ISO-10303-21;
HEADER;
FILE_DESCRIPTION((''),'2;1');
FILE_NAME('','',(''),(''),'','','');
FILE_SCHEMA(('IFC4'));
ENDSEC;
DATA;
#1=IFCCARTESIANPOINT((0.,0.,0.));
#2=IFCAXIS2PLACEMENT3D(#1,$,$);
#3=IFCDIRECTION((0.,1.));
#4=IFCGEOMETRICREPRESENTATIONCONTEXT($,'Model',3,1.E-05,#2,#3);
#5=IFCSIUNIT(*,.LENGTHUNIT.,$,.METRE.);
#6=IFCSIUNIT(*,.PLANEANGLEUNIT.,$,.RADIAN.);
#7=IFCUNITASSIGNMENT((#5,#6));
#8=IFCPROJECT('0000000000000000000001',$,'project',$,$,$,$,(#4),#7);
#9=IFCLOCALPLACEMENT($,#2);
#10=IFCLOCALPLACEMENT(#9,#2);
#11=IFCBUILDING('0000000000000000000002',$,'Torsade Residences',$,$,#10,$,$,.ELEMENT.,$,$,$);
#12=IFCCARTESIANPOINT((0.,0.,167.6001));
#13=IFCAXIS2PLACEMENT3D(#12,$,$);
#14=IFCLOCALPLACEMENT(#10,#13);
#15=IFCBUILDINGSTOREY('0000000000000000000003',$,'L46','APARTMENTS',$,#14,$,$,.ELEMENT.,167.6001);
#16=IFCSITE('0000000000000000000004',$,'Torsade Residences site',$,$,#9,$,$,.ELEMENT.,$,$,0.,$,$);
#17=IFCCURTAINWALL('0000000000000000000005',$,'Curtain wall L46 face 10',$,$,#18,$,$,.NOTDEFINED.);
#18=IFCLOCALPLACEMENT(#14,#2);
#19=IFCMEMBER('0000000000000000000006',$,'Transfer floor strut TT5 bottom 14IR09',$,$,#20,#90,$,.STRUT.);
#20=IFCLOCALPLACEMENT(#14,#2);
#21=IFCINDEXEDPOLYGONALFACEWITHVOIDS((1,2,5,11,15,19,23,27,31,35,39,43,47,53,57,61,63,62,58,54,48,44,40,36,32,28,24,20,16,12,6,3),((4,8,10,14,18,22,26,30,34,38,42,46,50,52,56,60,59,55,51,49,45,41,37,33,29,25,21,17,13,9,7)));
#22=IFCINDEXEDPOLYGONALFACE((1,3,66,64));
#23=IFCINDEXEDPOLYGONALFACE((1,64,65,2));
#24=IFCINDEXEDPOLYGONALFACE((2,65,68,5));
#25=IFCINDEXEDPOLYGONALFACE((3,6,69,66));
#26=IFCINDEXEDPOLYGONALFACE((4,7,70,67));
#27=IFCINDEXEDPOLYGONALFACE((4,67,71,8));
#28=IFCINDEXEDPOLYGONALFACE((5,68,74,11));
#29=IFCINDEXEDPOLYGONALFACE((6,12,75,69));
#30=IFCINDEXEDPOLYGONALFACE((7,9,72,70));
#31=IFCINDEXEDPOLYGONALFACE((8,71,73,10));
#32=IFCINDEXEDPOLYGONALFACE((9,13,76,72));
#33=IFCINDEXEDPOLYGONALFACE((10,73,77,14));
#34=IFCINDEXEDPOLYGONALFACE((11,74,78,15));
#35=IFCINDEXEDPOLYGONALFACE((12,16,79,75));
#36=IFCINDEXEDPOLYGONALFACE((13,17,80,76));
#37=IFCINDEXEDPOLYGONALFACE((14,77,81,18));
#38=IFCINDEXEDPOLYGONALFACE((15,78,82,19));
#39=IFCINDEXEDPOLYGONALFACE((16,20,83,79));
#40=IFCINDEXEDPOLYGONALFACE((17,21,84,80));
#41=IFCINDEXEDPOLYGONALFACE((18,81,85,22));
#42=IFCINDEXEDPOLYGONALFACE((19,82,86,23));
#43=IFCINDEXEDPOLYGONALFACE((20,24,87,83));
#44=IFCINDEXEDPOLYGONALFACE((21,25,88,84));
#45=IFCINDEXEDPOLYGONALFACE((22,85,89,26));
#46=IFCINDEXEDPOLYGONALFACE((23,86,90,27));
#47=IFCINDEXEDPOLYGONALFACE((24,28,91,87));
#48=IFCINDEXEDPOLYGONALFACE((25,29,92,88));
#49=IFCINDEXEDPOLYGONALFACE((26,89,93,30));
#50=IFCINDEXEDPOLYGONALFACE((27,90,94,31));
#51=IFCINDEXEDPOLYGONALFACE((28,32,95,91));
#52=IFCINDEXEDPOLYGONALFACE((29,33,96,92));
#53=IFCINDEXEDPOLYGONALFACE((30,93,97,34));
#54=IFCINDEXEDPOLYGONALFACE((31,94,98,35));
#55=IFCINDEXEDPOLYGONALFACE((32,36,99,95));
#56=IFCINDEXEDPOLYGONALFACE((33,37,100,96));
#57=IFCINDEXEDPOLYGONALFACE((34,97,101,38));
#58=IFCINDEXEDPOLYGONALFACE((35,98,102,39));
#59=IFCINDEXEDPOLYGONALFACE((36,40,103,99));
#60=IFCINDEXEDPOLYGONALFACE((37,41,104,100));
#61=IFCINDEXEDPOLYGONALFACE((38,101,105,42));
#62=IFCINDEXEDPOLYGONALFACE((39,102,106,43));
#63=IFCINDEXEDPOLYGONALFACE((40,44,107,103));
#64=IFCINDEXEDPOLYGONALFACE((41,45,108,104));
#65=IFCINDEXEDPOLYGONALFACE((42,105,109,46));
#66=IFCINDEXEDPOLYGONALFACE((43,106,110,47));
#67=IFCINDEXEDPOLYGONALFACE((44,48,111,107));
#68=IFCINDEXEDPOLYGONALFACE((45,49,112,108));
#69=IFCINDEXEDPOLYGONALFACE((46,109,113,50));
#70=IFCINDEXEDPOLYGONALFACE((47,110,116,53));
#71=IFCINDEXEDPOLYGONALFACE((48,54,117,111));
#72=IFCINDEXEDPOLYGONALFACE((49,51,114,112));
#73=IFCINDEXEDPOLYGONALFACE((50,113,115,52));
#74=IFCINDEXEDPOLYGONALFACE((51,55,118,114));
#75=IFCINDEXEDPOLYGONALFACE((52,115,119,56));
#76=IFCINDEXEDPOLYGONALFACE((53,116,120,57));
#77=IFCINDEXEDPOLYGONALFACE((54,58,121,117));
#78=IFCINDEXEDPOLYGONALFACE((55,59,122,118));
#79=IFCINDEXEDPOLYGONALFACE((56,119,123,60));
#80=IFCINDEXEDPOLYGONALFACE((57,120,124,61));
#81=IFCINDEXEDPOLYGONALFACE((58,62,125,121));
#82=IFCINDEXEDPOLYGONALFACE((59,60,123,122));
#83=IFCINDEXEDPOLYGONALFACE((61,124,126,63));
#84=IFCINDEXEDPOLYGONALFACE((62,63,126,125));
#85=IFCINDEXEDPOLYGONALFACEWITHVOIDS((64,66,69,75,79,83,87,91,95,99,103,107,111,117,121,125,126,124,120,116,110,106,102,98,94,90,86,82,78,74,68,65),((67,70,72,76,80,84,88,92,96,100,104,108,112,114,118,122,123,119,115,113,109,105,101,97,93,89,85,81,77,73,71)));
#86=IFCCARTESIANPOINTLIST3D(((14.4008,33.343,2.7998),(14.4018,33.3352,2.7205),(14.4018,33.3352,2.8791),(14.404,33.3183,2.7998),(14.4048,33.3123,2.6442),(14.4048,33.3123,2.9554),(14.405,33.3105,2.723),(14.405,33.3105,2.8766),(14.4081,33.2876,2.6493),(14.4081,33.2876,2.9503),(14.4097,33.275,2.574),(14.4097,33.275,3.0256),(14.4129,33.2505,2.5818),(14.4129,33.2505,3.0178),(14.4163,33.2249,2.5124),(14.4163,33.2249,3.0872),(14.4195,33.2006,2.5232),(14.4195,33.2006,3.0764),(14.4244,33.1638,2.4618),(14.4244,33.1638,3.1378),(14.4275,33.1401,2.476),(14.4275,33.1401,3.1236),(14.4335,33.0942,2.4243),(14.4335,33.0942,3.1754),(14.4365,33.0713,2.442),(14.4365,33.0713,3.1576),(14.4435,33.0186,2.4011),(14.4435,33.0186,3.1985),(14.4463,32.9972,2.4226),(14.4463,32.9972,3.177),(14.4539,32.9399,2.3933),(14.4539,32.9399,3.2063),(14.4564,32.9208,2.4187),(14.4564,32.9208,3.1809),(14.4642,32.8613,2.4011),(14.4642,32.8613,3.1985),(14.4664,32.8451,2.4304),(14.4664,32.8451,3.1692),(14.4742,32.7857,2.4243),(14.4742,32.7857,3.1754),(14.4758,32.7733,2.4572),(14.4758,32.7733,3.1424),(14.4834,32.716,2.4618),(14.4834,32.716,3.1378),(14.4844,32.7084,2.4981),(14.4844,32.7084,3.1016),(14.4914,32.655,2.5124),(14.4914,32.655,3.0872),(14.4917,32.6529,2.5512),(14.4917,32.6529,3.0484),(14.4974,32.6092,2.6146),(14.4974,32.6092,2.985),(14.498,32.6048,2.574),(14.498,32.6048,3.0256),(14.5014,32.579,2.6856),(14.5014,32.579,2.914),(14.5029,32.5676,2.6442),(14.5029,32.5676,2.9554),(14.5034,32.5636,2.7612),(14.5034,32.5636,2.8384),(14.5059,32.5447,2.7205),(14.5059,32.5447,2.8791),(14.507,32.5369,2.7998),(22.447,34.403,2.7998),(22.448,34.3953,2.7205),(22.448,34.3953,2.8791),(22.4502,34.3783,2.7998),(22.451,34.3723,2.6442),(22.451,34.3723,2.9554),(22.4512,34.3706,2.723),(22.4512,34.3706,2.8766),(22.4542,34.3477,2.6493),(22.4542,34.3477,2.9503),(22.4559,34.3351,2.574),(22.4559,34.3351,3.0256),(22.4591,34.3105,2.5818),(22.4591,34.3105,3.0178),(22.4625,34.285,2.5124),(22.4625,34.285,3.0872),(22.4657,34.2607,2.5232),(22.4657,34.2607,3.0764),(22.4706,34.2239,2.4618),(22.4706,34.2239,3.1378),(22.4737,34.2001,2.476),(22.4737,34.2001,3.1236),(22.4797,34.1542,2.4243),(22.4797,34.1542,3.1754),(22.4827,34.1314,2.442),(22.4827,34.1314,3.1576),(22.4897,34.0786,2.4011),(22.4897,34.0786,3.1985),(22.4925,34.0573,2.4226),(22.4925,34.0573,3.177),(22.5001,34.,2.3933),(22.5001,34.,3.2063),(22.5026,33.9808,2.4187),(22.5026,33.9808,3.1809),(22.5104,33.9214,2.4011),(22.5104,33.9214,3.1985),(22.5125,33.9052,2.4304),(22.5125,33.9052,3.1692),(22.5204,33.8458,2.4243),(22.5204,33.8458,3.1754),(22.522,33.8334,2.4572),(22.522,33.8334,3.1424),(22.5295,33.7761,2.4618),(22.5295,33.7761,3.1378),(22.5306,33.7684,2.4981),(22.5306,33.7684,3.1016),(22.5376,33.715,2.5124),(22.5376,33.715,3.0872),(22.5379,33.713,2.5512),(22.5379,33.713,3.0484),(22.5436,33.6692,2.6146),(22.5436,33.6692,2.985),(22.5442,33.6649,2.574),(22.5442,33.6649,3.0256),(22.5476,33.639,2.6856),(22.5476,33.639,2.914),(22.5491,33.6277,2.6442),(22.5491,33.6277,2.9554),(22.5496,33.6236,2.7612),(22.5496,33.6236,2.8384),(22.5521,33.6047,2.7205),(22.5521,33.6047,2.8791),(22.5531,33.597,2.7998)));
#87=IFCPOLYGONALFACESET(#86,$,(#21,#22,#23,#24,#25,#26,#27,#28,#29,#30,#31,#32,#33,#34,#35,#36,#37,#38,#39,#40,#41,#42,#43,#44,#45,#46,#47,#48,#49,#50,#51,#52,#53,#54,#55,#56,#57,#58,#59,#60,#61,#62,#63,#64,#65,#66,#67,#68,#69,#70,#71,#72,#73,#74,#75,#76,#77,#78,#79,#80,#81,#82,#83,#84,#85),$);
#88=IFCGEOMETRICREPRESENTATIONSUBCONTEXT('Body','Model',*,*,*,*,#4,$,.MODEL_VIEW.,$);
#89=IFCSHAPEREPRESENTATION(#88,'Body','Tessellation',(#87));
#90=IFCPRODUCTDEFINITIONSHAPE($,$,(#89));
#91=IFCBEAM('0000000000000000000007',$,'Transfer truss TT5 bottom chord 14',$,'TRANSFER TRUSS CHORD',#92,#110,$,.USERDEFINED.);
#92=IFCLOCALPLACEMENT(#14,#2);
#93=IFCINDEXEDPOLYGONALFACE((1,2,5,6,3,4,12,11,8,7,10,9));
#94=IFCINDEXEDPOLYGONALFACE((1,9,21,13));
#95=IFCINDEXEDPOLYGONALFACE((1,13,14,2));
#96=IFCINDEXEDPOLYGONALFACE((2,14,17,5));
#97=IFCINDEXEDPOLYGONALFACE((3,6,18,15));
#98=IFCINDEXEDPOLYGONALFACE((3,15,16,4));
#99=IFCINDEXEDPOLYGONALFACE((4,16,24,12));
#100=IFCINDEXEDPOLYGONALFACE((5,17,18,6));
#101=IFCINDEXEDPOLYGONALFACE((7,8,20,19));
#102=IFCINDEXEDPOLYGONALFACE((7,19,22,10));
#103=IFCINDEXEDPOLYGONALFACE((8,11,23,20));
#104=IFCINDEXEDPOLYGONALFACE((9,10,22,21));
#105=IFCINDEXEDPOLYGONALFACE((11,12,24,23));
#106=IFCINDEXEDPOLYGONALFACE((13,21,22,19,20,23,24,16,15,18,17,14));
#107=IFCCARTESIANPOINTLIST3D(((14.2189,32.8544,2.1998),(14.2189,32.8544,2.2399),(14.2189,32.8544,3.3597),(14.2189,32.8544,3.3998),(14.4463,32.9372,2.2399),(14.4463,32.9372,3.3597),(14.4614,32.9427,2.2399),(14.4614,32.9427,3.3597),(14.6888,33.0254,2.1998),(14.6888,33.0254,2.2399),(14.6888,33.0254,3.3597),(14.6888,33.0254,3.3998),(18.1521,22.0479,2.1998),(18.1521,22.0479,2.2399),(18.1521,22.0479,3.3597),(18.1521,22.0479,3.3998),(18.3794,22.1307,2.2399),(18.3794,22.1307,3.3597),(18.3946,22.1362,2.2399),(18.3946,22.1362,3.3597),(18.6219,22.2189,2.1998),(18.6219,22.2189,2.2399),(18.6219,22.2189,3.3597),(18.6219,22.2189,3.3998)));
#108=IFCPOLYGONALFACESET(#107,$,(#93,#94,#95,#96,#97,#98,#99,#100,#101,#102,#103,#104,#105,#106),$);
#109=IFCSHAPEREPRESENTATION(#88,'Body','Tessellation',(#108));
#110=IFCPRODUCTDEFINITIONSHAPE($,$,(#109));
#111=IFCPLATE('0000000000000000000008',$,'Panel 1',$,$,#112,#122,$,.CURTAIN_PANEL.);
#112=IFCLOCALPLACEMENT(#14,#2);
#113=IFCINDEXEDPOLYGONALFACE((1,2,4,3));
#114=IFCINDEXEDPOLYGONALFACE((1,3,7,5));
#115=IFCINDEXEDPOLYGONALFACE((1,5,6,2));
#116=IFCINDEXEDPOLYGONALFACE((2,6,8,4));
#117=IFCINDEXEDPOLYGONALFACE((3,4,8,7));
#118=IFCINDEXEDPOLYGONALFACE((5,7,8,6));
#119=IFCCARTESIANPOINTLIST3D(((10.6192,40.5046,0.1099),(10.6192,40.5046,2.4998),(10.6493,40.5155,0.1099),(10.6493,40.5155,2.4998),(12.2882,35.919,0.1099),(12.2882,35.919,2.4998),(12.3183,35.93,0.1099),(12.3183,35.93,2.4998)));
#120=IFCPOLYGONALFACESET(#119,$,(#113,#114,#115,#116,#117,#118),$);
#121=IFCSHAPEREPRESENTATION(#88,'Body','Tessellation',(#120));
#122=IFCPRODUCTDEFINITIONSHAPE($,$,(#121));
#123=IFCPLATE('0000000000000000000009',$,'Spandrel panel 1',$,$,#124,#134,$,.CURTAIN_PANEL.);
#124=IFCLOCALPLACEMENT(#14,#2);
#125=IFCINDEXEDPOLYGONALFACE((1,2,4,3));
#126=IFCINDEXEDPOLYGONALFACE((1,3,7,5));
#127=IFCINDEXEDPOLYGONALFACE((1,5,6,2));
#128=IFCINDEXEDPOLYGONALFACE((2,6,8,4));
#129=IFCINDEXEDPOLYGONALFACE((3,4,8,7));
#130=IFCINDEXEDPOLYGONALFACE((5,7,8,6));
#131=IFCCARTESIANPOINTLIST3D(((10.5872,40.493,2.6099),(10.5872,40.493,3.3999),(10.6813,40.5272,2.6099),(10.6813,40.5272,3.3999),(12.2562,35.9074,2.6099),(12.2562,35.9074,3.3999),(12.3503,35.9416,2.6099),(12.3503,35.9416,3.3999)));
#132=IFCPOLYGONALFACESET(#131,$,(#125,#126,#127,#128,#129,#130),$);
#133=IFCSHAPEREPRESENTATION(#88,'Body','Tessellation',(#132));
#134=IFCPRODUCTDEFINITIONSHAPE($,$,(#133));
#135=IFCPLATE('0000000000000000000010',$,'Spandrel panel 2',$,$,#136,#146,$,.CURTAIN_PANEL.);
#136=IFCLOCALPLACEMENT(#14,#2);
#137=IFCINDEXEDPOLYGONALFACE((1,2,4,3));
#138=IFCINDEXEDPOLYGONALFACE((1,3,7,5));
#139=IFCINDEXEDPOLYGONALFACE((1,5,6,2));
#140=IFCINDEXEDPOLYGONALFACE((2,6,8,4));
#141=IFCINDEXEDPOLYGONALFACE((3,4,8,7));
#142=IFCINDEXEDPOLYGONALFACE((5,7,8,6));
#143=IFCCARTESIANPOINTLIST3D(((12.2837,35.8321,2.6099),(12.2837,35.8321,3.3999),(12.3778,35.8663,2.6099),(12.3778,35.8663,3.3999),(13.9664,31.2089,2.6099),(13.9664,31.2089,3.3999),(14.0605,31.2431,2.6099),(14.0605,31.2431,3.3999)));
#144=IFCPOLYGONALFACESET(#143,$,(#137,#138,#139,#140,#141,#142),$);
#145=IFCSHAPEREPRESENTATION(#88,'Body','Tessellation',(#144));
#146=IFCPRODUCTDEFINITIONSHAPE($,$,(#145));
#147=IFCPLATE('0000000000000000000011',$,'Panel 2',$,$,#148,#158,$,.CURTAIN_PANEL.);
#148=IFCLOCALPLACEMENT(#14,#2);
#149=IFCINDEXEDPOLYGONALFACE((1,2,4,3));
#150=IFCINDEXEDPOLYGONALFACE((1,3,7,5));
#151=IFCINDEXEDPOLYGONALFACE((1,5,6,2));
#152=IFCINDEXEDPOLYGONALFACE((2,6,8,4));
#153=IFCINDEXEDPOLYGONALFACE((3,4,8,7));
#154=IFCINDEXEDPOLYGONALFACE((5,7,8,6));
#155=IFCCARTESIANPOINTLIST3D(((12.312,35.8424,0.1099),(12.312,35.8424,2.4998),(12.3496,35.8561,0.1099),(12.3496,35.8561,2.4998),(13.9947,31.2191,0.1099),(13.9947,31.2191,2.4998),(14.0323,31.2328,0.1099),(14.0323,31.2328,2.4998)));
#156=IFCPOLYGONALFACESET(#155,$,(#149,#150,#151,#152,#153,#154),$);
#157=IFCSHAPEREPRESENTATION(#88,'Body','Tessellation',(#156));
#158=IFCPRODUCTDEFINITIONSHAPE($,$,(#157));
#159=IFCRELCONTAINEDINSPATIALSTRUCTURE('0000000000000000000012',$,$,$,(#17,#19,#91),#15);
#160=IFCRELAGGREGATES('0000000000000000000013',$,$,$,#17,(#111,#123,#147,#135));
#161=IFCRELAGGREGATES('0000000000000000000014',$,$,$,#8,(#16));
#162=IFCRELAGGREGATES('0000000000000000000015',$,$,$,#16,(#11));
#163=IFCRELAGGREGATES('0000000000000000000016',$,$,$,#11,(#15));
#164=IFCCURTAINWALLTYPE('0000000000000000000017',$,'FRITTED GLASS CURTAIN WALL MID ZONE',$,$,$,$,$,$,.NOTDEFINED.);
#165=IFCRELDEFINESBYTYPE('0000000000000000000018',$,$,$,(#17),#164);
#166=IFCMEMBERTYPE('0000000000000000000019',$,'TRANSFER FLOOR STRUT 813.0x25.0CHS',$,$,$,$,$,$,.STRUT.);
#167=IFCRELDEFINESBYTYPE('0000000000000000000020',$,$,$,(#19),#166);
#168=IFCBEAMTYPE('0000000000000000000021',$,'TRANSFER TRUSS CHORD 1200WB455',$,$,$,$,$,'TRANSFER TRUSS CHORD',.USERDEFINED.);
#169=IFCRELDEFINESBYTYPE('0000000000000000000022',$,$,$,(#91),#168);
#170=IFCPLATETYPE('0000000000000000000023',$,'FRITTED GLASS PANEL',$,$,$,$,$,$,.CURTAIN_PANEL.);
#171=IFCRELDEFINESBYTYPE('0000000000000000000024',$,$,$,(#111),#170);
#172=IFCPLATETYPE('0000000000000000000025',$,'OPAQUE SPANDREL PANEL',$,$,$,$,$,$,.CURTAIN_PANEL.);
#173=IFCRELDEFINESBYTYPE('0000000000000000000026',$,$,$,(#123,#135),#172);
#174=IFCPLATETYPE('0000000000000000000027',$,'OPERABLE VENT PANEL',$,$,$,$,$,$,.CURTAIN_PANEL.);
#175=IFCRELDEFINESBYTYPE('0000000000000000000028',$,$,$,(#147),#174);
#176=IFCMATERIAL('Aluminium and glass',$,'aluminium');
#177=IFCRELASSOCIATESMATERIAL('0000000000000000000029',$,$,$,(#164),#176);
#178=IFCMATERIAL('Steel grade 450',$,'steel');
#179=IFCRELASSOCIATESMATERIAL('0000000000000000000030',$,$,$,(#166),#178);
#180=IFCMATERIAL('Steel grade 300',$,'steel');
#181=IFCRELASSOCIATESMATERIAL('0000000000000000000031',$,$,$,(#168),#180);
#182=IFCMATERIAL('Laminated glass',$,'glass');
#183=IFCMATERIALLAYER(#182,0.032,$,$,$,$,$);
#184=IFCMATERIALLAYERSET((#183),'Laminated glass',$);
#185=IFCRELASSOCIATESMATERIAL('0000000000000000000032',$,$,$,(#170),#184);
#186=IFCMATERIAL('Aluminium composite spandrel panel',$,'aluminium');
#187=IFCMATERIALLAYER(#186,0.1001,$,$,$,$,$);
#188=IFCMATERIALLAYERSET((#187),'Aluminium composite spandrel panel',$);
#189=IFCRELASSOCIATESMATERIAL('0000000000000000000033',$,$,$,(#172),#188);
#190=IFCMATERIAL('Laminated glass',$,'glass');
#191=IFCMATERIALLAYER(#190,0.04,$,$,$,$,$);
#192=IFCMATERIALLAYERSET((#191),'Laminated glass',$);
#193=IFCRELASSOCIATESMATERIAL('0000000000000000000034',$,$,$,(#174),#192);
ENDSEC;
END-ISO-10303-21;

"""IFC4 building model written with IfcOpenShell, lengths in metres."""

from ifc_helpers import new_model, si_unit, direction, frame, origin, origin_2d, place, context, subcontext, project, spatial, rectangle, hollow_circle, i_section, extrude, material, layer, layer_set, material_profile, profile_set, type_object, element, aggregate, save


model = new_model("IFC4")

# Units and contexts
model_context = context("Model", 3, precision=1e-05, world=origin(), true_north=direction((0.0, 1.0)))
body_context = subcontext(model_context, "Body", "Model", "MODEL_VIEW")
ifc_project = project(units=[si_unit("LENGTHUNIT", "METRE"), si_unit("PLANEANGLEUNIT", "RADIAN")], contexts=[model_context])

# Site, building, storey
site_placement = place(None, origin())
site = spatial("IfcSite", under=ifc_project, at=site_placement, Name="Torsade Residences site", CompositionType="ELEMENT", RefElevation=0.0)
building_placement = place(site_placement, origin())
building = spatial("IfcBuilding", under=site, at=building_placement, Name="Torsade Residences", CompositionType="ELEMENT")
storey_placement = place(building_placement, frame((0.0, 0.0, 167.6001)))
storey = spatial("IfcBuildingStorey", under=building, at=storey_placement, Name="L46", Description="APARTMENTS", CompositionType="ELEMENT", Elevation=167.6001)

# Curtain wall
ifc_material_1 = material(Name="Aluminium and glass", Category="aluminium")
curtain_wall_type = type_object("IfcCurtainWallType", Name="FRITTED GLASS CURTAIN WALL MID ZONE", PredefinedType="NOTDEFINED", material=ifc_material_1)
curtain_wall_placement = place(storey_placement, origin())
curtain_wall = element("IfcCurtainWall", 1, at=curtain_wall_placement, inside=storey, type_object=curtain_wall_type, Name="Curtain wall L46 face 10", PredefinedType="NOTDEFINED")

# Member
ifc_material_2 = material(Name="Steel grade 450", Category="steel")
ifc_material_profile_1 = material_profile(ifc_material_2, hollow_circle(Radius=0.4065, WallThickness=0.0249, at=origin_2d()), Name="813.0x25.0CHS")
ifc_profile_set_1 = profile_set([ifc_material_profile_1], Name="Steel grade 450")
member_type_1 = type_object("IfcMemberType", Name="TRANSFER FLOOR STRUT 813.0x25.0CHS", PredefinedType="STRUT", material=ifc_profile_set_1)
member_1_placement = place(storey_placement, frame((14.4539, 32.9399, 2.7998), z_axis=(0.991433, 0.130619, 0.0), x_axis=(-0.130619, 0.991433, 0.0)))
element("IfcMember", 2, at=member_1_placement, inside=storey, type_object=member_type_1, Name="Transfer floor strut TT5 bottom 14IR09", PredefinedType="STRUT", context=body_context, shape_type="SweptSolid", body=[
    extrude(hollow_circle(Radius=0.4065, WallThickness=0.0249, at=origin_2d()), origin(), (0.0, 0.0, 1.0), 8.1157),
])

# Beam
ifc_material_3 = material(Name="Steel grade 300", Category="steel")
ifc_material_profile_2 = material_profile(ifc_material_3, i_section(OverallWidth=0.5, OverallDepth=1.2, WebThickness=0.0161, FlangeThickness=0.04, at=origin_2d()), Name="1200WB455")
ifc_profile_set_2 = profile_set([ifc_material_profile_2], Name="Steel grade 300")
beam_type_1 = type_object("IfcBeamType", Name="TRANSFER TRUSS CHORD 1200WB455", ElementType="TRANSFER TRUSS CHORD", PredefinedType="USERDEFINED", material=ifc_profile_set_2)
beam_1_placement = place(storey_placement, frame((14.4539, 32.9399, 2.7998), z_axis=(0.342012, -0.939695, 0.0), x_axis=(0.939695, 0.342012, 0.0)))
element("IfcBeam", 3, at=beam_1_placement, inside=storey, type_object=beam_type_1, Name="Transfer truss TT5 bottom chord 14", ObjectType="TRANSFER TRUSS CHORD", PredefinedType="USERDEFINED", context=body_context, shape_type="SweptSolid", body=[
    extrude(i_section(OverallWidth=0.5, OverallDepth=1.2, WebThickness=0.0161, FlangeThickness=0.04, at=origin_2d()), origin(), (0.0, 0.0, 1.0), 11.5),
])

# Plates
ifc_material_4 = material(Name="Laminated glass", Category="glass")
ifc_layer_1 = layer(ifc_material_4, 0.032)
ifc_layer_set_1 = layer_set([ifc_layer_1], Name="Laminated glass")
plate_type_1 = type_object("IfcPlateType", Name="FRITTED GLASS PANEL", PredefinedType="CURTAIN_PANEL", material=ifc_layer_set_1)
plate_1_placement = place(storey_placement, frame((11.4688, 38.2173, 0.1099), z_axis=(0.0, 0.0, 1.0), x_axis=(0.34202, -0.939693, 0.0)))
plate_1 = element("IfcPlate", 4, at=plate_1_placement, type_object=plate_type_1, Name="Panel 1", PredefinedType="CURTAIN_PANEL", context=body_context, shape_type="SweptSolid", body=[
    extrude(rectangle(XDim=4.8799, YDim=0.032, at=origin_2d()), origin(), (0.0, 0.0, 1.0), 2.3899),
])
ifc_material_5 = material(Name="Aluminium composite spandrel panel", Category="aluminium")
ifc_layer_2 = layer(ifc_material_5, 0.1001)
ifc_layer_set_2 = layer_set([ifc_layer_2], Name="Aluminium composite spandrel panel")
plate_type_2 = type_object("IfcPlateType", Name="OPAQUE SPANDREL PANEL", PredefinedType="CURTAIN_PANEL", material=ifc_layer_set_2)
plate_2_placement = place(storey_placement, frame((11.4688, 38.2173, 2.6099), z_axis=(0.0, 0.0, 1.0), x_axis=(0.34202, -0.939693, 0.0)))
plate_2 = element("IfcPlate", 5, at=plate_2_placement, type_object=plate_type_2, Name="Spandrel panel 1", PredefinedType="CURTAIN_PANEL", context=body_context, shape_type="SweptSolid", body=[
    extrude(rectangle(XDim=4.8799, YDim=0.1001, at=origin_2d()), origin(), (0.0, 0.0, 1.0), 0.79),
])
plate_3_placement = place(storey_placement, frame((13.1721, 33.5376, 2.6099), z_axis=(0.0, 0.0, 1.0), x_axis=(0.34202, -0.939693, 0.0)))
plate_3 = element("IfcPlate", 6, at=plate_3_placement, type_object=plate_type_2, Name="Spandrel panel 2", PredefinedType="CURTAIN_PANEL", context=body_context, shape_type="SweptSolid", body=[
    extrude(rectangle(XDim=4.9199, YDim=0.1001, at=origin_2d()), origin(), (0.0, 0.0, 1.0), 0.79),
])
ifc_material_6 = material(Name="Laminated glass", Category="glass")
ifc_layer_3 = layer(ifc_material_6, 0.04)
ifc_layer_set_3 = layer_set([ifc_layer_3], Name="Laminated glass")
plate_type_3 = type_object("IfcPlateType", Name="OPERABLE VENT PANEL", PredefinedType="CURTAIN_PANEL", material=ifc_layer_set_3)
plate_4_placement = place(storey_placement, frame((13.1721, 33.5376, 0.1099), z_axis=(0.0, 0.0, 1.0), x_axis=(0.34202, -0.939693, 0.0)))
plate_4 = element("IfcPlate", 7, at=plate_4_placement, type_object=plate_type_3, Name="Panel 2", PredefinedType="CURTAIN_PANEL", context=body_context, shape_type="SweptSolid", body=[
    extrude(rectangle(XDim=4.9199, YDim=0.04, at=origin_2d()), origin(), (0.0, 0.0, 1.0), 2.3899),
])
aggregate(curtain_wall, [plate_1, plate_2, plate_4, plate_3])

save(model, "model.ifc")
